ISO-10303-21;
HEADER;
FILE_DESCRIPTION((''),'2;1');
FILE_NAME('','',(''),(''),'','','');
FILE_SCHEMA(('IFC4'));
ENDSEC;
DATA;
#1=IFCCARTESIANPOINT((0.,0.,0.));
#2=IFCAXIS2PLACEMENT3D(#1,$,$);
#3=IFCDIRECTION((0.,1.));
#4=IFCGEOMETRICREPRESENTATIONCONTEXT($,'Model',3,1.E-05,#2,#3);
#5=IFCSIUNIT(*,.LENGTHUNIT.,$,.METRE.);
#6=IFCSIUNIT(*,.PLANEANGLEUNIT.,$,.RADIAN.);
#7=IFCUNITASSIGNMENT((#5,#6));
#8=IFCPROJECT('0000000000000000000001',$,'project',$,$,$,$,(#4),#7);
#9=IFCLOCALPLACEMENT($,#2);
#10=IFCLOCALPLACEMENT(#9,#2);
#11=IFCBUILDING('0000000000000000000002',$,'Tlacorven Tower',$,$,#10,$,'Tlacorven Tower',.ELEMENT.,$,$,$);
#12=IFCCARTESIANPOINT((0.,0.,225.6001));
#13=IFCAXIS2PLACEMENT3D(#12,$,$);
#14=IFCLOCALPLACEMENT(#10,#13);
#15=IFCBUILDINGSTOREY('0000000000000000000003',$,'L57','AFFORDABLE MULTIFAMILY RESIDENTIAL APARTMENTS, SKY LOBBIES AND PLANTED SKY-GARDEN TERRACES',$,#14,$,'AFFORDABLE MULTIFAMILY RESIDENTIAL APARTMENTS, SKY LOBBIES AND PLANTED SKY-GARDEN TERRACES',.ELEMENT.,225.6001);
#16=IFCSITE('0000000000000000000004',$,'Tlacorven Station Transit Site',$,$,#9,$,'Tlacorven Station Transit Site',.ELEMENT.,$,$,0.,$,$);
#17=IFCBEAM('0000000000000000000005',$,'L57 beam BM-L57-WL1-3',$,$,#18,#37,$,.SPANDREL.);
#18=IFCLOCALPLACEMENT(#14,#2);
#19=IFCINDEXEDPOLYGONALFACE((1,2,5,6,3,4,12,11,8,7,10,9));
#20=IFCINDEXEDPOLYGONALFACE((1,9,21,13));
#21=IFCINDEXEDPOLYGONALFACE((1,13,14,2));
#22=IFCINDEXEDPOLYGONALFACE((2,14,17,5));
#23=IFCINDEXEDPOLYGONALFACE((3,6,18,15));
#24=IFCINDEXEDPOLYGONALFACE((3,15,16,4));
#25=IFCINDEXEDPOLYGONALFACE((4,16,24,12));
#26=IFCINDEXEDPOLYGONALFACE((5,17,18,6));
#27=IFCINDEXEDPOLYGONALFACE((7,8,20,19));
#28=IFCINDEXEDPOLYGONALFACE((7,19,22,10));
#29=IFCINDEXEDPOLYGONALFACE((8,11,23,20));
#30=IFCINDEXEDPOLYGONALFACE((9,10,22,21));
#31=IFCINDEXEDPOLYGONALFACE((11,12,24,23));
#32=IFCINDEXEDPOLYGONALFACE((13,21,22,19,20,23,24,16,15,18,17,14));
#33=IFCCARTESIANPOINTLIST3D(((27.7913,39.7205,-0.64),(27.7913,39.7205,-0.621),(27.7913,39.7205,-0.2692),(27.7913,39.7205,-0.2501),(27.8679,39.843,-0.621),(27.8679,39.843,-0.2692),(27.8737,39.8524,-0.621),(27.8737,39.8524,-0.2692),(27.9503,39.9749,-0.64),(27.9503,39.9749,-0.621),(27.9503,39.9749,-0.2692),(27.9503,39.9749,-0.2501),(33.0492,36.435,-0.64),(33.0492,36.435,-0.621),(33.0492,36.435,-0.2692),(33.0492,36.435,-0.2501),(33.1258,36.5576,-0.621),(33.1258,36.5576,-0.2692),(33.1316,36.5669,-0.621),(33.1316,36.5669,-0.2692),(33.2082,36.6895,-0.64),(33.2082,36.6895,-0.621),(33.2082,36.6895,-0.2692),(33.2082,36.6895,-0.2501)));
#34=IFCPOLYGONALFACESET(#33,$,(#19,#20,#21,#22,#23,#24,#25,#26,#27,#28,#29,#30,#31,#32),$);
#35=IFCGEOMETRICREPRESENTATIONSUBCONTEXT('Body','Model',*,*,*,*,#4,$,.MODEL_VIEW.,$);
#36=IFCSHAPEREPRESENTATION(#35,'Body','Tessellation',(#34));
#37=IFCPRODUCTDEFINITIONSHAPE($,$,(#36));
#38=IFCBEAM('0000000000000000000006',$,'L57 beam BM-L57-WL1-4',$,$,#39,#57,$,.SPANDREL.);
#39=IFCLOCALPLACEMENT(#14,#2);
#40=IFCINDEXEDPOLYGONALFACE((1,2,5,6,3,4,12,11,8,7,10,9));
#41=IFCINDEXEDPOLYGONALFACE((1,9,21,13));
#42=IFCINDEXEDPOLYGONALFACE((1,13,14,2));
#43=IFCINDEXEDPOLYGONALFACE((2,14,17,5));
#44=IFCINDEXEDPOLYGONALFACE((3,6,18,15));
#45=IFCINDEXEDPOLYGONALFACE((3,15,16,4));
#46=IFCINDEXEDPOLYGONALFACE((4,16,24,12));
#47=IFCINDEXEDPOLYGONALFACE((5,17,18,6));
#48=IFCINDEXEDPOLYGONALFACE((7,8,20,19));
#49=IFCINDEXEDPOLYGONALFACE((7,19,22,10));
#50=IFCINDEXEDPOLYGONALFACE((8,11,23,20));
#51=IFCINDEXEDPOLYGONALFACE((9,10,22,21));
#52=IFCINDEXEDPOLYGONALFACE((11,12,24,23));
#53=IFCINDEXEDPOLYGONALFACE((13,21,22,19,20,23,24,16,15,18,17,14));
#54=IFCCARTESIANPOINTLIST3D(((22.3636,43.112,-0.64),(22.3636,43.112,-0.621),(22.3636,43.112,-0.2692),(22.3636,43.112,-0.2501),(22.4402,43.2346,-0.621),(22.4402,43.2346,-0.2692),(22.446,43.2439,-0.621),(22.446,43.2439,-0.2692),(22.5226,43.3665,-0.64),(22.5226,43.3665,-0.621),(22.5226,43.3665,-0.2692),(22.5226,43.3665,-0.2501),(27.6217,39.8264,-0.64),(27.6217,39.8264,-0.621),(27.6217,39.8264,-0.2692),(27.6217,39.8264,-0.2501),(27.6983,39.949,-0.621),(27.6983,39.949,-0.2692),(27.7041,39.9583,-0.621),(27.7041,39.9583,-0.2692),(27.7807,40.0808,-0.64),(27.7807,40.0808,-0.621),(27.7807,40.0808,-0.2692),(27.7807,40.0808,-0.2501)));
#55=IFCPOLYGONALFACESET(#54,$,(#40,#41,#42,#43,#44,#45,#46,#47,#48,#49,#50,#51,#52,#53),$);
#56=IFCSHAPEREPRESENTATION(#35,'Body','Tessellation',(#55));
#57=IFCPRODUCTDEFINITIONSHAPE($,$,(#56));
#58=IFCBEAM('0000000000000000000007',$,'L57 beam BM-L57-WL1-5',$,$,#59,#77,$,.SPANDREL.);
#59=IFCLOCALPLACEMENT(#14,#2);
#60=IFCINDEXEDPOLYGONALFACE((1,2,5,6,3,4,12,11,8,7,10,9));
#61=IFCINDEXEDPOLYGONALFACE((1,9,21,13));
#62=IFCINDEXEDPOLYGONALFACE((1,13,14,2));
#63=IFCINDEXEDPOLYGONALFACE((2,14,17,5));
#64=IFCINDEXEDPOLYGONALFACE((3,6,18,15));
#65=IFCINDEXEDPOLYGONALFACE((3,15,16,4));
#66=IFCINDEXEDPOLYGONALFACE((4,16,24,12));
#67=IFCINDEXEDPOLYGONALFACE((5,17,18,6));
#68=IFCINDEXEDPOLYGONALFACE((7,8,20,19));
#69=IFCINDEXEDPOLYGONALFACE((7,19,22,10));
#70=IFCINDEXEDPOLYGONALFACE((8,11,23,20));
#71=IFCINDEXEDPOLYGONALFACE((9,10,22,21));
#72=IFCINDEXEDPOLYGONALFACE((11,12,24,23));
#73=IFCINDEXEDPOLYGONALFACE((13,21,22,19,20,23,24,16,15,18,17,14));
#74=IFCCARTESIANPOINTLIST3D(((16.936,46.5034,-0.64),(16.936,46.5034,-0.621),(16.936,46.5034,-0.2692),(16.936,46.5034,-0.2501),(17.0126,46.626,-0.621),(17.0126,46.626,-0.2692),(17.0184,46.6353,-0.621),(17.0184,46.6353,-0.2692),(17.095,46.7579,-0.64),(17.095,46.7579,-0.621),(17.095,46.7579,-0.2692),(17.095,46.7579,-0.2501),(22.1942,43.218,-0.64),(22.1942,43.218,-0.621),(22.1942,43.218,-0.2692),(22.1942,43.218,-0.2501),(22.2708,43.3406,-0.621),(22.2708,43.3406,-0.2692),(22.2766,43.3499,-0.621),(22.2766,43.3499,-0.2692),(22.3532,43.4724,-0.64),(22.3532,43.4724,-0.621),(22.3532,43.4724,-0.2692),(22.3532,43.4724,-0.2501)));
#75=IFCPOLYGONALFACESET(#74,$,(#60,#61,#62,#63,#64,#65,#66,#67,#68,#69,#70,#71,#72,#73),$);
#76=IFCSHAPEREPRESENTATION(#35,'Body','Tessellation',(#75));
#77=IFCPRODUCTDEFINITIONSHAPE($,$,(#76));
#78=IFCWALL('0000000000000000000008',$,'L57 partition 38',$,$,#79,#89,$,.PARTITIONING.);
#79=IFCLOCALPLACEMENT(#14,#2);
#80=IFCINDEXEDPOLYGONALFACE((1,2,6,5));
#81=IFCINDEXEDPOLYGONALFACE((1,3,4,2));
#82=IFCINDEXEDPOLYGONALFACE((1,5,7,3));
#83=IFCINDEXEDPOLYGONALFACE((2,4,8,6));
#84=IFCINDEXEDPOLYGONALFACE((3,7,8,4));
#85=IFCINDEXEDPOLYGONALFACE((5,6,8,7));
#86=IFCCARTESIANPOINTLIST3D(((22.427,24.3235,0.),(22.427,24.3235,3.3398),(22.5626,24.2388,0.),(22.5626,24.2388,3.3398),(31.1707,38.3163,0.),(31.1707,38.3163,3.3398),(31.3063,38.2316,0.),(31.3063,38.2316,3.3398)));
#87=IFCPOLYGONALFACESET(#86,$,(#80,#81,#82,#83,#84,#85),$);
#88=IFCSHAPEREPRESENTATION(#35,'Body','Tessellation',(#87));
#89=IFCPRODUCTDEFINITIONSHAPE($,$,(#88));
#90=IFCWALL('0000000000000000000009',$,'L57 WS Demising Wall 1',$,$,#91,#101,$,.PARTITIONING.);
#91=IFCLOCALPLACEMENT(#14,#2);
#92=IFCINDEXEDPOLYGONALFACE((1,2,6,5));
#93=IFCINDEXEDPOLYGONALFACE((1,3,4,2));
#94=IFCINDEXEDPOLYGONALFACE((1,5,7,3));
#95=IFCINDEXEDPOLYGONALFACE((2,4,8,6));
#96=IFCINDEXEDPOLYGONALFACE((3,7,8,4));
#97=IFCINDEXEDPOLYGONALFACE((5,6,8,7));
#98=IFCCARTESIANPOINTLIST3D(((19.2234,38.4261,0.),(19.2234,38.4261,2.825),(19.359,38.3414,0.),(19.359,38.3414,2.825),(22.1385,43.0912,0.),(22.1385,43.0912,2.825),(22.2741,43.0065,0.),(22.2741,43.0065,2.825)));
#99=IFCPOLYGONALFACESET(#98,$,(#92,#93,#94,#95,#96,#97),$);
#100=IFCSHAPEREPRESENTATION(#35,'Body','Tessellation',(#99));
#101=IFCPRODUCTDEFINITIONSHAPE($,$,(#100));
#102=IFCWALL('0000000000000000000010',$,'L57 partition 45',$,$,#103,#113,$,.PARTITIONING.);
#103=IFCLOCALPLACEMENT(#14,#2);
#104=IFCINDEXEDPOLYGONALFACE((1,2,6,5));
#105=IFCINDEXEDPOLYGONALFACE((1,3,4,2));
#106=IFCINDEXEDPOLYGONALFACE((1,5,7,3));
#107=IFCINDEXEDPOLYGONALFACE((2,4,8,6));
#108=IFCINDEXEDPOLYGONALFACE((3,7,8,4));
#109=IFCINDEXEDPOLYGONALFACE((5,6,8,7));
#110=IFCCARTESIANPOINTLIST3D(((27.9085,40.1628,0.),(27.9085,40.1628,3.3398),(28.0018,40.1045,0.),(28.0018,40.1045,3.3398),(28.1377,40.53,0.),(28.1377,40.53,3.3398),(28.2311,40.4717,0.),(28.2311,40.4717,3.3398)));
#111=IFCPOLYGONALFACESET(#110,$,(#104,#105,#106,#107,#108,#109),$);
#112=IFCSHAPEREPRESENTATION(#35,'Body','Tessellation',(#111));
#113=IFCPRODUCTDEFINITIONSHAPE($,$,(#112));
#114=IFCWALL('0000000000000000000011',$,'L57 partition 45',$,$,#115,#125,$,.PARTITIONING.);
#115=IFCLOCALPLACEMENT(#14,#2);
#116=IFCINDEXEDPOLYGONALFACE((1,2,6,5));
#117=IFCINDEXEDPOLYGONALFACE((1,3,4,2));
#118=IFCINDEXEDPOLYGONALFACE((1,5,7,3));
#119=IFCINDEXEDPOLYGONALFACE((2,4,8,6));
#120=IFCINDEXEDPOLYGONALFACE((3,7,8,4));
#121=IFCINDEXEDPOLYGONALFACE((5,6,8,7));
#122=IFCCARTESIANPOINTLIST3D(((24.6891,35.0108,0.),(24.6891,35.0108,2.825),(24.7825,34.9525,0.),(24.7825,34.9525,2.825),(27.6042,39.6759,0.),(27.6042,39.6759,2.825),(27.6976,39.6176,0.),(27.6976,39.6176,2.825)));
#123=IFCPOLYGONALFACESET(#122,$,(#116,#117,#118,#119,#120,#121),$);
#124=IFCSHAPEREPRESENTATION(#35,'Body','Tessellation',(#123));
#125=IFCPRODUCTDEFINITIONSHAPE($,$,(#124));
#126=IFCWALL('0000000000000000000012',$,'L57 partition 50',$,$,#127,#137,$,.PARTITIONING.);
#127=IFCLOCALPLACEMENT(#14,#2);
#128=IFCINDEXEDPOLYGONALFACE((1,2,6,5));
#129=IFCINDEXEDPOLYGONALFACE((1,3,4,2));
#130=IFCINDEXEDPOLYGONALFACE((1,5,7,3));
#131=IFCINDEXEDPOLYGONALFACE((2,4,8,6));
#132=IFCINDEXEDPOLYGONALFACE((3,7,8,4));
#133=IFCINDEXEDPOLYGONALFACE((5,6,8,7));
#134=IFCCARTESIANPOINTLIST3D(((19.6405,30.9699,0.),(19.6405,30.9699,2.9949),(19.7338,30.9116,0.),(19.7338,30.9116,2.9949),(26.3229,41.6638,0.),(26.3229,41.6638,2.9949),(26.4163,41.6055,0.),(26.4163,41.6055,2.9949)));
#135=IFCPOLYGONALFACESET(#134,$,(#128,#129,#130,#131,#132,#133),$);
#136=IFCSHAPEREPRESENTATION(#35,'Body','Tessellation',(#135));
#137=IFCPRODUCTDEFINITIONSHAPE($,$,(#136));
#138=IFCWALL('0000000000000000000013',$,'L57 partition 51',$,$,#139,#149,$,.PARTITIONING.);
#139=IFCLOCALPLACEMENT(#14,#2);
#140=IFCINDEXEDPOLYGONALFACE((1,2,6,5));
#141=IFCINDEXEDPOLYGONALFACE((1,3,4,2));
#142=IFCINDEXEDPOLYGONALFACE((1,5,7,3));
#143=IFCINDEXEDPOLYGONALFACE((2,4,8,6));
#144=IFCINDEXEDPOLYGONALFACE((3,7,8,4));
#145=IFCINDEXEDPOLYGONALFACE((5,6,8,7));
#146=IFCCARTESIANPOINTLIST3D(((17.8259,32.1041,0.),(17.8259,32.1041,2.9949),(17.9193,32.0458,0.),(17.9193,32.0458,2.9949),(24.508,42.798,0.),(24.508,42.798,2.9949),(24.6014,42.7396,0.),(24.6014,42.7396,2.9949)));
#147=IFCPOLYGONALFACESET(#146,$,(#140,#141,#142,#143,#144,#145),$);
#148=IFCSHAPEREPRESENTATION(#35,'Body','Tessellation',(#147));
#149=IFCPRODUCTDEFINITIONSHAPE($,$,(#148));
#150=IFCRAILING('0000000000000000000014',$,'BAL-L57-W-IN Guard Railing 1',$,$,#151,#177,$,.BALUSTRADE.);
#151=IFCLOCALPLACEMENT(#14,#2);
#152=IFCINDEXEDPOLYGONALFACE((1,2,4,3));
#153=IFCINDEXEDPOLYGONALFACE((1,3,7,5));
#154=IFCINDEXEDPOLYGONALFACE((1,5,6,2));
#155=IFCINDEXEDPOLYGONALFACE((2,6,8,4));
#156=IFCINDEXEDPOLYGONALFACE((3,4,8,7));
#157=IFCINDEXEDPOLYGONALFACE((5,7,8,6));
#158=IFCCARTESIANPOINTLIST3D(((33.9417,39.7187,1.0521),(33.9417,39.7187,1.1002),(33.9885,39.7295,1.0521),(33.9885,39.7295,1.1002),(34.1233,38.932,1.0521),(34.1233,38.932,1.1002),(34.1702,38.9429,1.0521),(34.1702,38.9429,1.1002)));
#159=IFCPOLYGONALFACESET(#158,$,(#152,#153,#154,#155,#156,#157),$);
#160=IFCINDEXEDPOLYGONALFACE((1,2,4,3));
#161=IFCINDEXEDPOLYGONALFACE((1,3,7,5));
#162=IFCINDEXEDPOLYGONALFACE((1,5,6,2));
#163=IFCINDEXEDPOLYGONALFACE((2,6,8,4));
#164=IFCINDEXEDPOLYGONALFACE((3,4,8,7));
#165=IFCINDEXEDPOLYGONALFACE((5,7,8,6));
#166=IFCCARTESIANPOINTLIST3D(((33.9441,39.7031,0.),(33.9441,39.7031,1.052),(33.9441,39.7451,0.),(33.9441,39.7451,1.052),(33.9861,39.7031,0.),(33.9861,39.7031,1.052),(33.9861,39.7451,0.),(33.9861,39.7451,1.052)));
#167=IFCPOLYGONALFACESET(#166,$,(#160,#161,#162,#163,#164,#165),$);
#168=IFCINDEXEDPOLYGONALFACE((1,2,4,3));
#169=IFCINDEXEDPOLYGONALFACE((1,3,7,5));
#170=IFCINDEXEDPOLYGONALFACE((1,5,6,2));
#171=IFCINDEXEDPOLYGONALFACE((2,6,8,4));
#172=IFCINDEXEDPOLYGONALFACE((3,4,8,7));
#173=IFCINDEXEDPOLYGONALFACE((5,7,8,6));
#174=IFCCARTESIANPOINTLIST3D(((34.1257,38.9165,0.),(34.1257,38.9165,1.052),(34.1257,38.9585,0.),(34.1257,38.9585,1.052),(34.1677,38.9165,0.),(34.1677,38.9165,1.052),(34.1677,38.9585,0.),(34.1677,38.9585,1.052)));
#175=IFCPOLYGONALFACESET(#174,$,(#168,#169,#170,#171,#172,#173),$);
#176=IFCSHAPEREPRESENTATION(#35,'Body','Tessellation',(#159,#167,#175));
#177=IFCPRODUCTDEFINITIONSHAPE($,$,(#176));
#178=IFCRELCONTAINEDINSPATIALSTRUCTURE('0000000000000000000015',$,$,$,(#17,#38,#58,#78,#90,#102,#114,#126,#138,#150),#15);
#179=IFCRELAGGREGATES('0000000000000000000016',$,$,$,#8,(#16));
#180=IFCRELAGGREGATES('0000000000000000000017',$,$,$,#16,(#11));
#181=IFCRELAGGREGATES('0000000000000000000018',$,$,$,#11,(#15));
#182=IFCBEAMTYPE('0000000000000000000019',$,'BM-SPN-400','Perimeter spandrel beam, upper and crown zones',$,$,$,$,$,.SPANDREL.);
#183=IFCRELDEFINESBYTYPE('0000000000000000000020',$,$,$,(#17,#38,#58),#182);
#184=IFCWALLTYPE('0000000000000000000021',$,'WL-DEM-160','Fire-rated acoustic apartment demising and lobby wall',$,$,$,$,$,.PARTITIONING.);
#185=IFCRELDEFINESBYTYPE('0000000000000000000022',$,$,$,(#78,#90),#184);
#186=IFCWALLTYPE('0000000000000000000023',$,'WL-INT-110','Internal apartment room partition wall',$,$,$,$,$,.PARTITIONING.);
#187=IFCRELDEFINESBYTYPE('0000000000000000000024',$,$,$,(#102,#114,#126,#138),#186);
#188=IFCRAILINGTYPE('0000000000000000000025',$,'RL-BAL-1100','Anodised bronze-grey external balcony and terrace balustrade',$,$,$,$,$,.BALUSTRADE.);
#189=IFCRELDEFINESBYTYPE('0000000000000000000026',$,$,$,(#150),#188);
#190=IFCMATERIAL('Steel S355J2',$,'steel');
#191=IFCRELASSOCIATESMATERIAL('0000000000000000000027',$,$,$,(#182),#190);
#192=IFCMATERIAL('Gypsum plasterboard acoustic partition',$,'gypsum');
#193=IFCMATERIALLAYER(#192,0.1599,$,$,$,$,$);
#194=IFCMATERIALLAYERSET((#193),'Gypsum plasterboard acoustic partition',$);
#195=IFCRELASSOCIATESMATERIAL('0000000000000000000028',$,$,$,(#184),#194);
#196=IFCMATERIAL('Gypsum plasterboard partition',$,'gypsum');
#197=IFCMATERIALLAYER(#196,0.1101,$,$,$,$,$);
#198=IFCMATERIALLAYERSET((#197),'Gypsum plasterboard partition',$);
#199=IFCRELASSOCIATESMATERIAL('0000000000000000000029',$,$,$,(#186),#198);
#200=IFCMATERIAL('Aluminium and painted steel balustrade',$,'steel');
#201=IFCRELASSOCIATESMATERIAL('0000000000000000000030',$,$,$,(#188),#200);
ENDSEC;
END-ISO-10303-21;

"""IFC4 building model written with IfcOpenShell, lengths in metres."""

from ifc_helpers import new_model, si_unit, direction, frame, frame_2d, origin, origin_2d, place, context, subcontext, project, spatial, rectangle, i_section, extrude, source, transform, mapped, material, layer, layer_set, material_profile, profile_set, type_object, element, save


model = new_model("IFC4")

# Units and contexts
model_context = context("Model", 3, precision=1e-05, world=origin(), true_north=direction((0.0, 1.0)))
body_context = subcontext(model_context, "Body", "Model", "MODEL_VIEW")
ifc_project = project(units=[si_unit("LENGTHUNIT", "METRE"), si_unit("PLANEANGLEUNIT", "RADIAN")], contexts=[model_context])

# Site, building, storey
site_placement = place(None, origin())
site = spatial("IfcSite", under=ifc_project, at=site_placement, Name="Tlacorven Station Transit Site", LongName="Tlacorven Station Transit Site", CompositionType="ELEMENT", RefElevation=0.0)
building_placement = place(site_placement, origin())
building = spatial("IfcBuilding", under=site, at=building_placement, Name="Tlacorven Tower", LongName="Tlacorven Tower", CompositionType="ELEMENT")
storey_placement = place(building_placement, frame((0.0, 0.0, 225.6001)))
storey = spatial("IfcBuildingStorey", under=building, at=storey_placement, Name="L57", Description="AFFORDABLE MULTIFAMILY RESIDENTIAL APARTMENTS, SKY LOBBIES AND PLANTED SKY-GARDEN TERRACES", LongName="AFFORDABLE MULTIFAMILY RESIDENTIAL APARTMENTS, SKY LOBBIES AND PLANTED SKY-GARDEN TERRACES", CompositionType="ELEMENT", Elevation=225.6001)

# Beams
ifc_material_1 = material(Name="Steel S355J2", Category="steel")
ifc_material_profile_1 = material_profile(ifc_material_1, i_section(OverallWidth=0.3, OverallDepth=0.3899, WebThickness=0.011, FlangeThickness=0.019, at=origin_2d()), Name="HEA 400")
ifc_profile_set_1 = profile_set([ifc_material_profile_1], Name="Steel S355J2")
beam_type_1 = type_object("IfcBeamType", Name="BM-SPN-400", Description="Perimeter spandrel beam, upper and crown zones", PredefinedType="SPANDREL", material=ifc_profile_set_1)
shared_shape_1 = source(origin(), body_context, "Body", "SweptSolid", [
    extrude(i_section(OverallWidth=0.3, OverallDepth=0.3899, WebThickness=0.011, FlangeThickness=0.019, at=origin_2d()), origin(), (0.0, 0.0, 1.0), 6.2),
])
beam_1_placement = place(storey_placement, frame((33.1287, 36.5623, -0.4451), z_axis=(-0.848051, 0.529914, 0.0), x_axis=(-0.529914, -0.848051, 0.0)))
element("IfcBeam", 1, at=beam_1_placement, inside=storey, type_object=beam_type_1, Name="L57 beam BM-L57-WL1-3", PredefinedType="SPANDREL", context=body_context, shape_type="MappedRepresentation", body=[
    mapped(shared_shape_1, transform((0.0, 0.0, 0.0), scale=1.0)),
])
shared_shape_2 = source(origin(), body_context, "Body", "SweptSolid", [
    extrude(i_section(OverallWidth=0.3, OverallDepth=0.3899, WebThickness=0.011, FlangeThickness=0.019, at=origin_2d()), origin(), (0.0, 0.0, 1.0), 6.2002),
])
for number, where, z_axis, x_axis, name in (
    (2, (27.7012, 39.9536, -0.4451), (-0.848045, 0.529925, 0.0), (-0.529925, -0.848045, 0.0), "L57 beam BM-L57-WL1-4"),
    (3, (22.2737, 43.3452, -0.4451), (-0.848062, 0.529896, 0.0), (-0.529896, -0.848062, 0.0), "L57 beam BM-L57-WL1-5"),
):
    element("IfcBeam", number, at=place(storey_placement, frame(where, z_axis=z_axis, x_axis=x_axis)), inside=storey, type_object=beam_type_1, Name=name, PredefinedType="SPANDREL", context=body_context, shape_type="MappedRepresentation", body=[
        mapped(shared_shape_2, transform((0.0, 0.0, 0.0), scale=1.0)),
    ])

# Walls
ifc_material_2 = material(Name="Gypsum plasterboard acoustic partition", Category="gypsum")
ifc_layer_1 = layer(ifc_material_2, 0.1599)
ifc_layer_set_1 = layer_set([ifc_layer_1], Name="Gypsum plasterboard acoustic partition")
wall_type_1 = type_object("IfcWallType", Name="WL-DEM-160", Description="Fire-rated acoustic apartment demising and lobby wall", PredefinedType="PARTITIONING", material=ifc_layer_set_1)
wall_1_placement = place(storey_placement, frame((31.2385, 38.2739, 0.0), z_axis=(0.0, 0.0, 1.0), x_axis=(-0.529922, -0.848047, 0.0)))
element("IfcWall", 4, at=wall_1_placement, inside=storey, type_object=wall_type_1, Name="L57 partition 38", PredefinedType="PARTITIONING", context=body_context, shape_type="SweptSolid", body=[
    extrude(rectangle(XDim=16.5, YDim=0.1599, at=frame_2d((8.25, 0.0))), origin(), (0.0, 0.0, 1.0), 3.3398),
])
wall_2_placement = place(storey_placement, frame((22.2063, 43.0488, 0.0), z_axis=(0.0, 0.0, 1.0), x_axis=(-0.529919, -0.848048, 0.0)))
element("IfcWall", 5, at=wall_2_placement, inside=storey, type_object=wall_type_1, Name="L57 WS Demising Wall 1", PredefinedType="PARTITIONING", context=body_context, shape_type="SweptSolid", body=[
    extrude(rectangle(XDim=5.501, YDim=0.1599, at=frame_2d((2.7505, 0.0))), origin(), (0.0, 0.0, 1.0), 2.825),
])
ifc_material_3 = material(Name="Gypsum plasterboard partition", Category="gypsum")
ifc_layer_2 = layer(ifc_material_3, 0.1101)
ifc_layer_set_2 = layer_set([ifc_layer_2], Name="Gypsum plasterboard partition")
wall_type_2 = type_object("IfcWallType", Name="WL-INT-110", Description="Internal apartment room partition wall", PredefinedType="PARTITIONING", material=ifc_layer_set_2)
wall_3_placement = place(storey_placement, frame((28.1843, 40.5007, 0.0), z_axis=(0.0, 0.0, 1.0), x_axis=(-0.529593, -0.848252, 0.0)))
element("IfcWall", 6, at=wall_3_placement, inside=storey, type_object=wall_type_2, Name="L57 partition 45", PredefinedType="PARTITIONING", context=body_context, shape_type="SweptSolid", body=[
    extrude(rectangle(XDim=0.4329, YDim=0.1101, at=frame_2d((0.2163, 0.0))), origin(), (0.0, 0.0, 1.0), 3.3398),
])
wall_4_placement = place(storey_placement, frame((27.6509, 39.6467, 0.0), z_axis=(0.0, 0.0, 1.0), x_axis=(-0.529919, -0.848048, 0.0)))
element("IfcWall", 7, at=wall_4_placement, inside=storey, type_object=wall_type_2, Name="L57 partition 45", PredefinedType="PARTITIONING", context=body_context, shape_type="SweptSolid", body=[
    extrude(rectangle(XDim=5.501, YDim=0.1101, at=frame_2d((2.7505, 0.0))), origin(), (0.0, 0.0, 1.0), 2.825),
])
wall_5_placement = place(storey_placement, frame((26.3696, 41.6348, 0.0), z_axis=(0.0, 0.0, 1.0), x_axis=(-0.529926, -0.848044, 0.0)))
element("IfcWall", 8, at=wall_5_placement, inside=storey, type_object=wall_type_2, Name="L57 partition 50", PredefinedType="PARTITIONING", context=body_context, shape_type="SweptSolid", body=[
    extrude(rectangle(XDim=12.6101, YDim=0.1101, at=frame_2d((6.3052, 0.0))), origin(), (0.0, 0.0, 1.0), 2.9949),
])
wall_6_placement = place(storey_placement, frame((24.5547, 42.7688, 0.0), z_axis=(0.0, 0.0, 1.0), x_axis=(-0.529912, -0.848053, 0.0)))
element("IfcWall", 9, at=wall_6_placement, inside=storey, type_object=wall_type_2, Name="L57 partition 51", PredefinedType="PARTITIONING", context=body_context, shape_type="SweptSolid", body=[
    extrude(rectangle(XDim=12.6099, YDim=0.1101, at=frame_2d((6.3049, 0.0))), origin(), (0.0, 0.0, 1.0), 2.9949),
])

# Railing
ifc_material_4 = material(Name="Aluminium and painted steel balustrade", Category="steel")
railing_type = type_object("IfcRailingType", Name="RL-BAL-1100", Description="Anodised bronze-grey external balcony and terrace balustrade", PredefinedType="BALUSTRADE", material=ifc_material_4)
shared_shape_3 = source(origin(), body_context, "Body", "SweptSolid", [
    extrude(rectangle(XDim=0.0481, YDim=0.0481, at=origin_2d()), frame((0.0, 0.0, 1.0762), z_axis=(0.224992, -0.974361, 0.0), x_axis=(0.974361, 0.224992, 0.0)), (0.0, 0.0, 1.0), 0.8074),
    extrude(rectangle(XDim=0.042, YDim=0.042, at=origin_2d()), origin(), (0.0, 0.0, 1.0), 1.052),
    extrude(rectangle(XDim=0.042, YDim=0.042, at=origin_2d()), frame((0.1816, -0.7866, 0.0)), (0.0, 0.0, 1.0), 1.052),
])
railing_1_placement = place(storey_placement, frame((33.9651, 39.7241, 0.0)))
element("IfcRailing", 10, at=railing_1_placement, inside=storey, type_object=railing_type, Name="BAL-L57-W-IN Guard Railing 1", PredefinedType="BALUSTRADE", context=body_context, shape_type="MappedRepresentation", body=[
    mapped(shared_shape_3, transform((0.0, 0.0, 0.0), scale=1.0)),
])

save(model, "model.ifc")
